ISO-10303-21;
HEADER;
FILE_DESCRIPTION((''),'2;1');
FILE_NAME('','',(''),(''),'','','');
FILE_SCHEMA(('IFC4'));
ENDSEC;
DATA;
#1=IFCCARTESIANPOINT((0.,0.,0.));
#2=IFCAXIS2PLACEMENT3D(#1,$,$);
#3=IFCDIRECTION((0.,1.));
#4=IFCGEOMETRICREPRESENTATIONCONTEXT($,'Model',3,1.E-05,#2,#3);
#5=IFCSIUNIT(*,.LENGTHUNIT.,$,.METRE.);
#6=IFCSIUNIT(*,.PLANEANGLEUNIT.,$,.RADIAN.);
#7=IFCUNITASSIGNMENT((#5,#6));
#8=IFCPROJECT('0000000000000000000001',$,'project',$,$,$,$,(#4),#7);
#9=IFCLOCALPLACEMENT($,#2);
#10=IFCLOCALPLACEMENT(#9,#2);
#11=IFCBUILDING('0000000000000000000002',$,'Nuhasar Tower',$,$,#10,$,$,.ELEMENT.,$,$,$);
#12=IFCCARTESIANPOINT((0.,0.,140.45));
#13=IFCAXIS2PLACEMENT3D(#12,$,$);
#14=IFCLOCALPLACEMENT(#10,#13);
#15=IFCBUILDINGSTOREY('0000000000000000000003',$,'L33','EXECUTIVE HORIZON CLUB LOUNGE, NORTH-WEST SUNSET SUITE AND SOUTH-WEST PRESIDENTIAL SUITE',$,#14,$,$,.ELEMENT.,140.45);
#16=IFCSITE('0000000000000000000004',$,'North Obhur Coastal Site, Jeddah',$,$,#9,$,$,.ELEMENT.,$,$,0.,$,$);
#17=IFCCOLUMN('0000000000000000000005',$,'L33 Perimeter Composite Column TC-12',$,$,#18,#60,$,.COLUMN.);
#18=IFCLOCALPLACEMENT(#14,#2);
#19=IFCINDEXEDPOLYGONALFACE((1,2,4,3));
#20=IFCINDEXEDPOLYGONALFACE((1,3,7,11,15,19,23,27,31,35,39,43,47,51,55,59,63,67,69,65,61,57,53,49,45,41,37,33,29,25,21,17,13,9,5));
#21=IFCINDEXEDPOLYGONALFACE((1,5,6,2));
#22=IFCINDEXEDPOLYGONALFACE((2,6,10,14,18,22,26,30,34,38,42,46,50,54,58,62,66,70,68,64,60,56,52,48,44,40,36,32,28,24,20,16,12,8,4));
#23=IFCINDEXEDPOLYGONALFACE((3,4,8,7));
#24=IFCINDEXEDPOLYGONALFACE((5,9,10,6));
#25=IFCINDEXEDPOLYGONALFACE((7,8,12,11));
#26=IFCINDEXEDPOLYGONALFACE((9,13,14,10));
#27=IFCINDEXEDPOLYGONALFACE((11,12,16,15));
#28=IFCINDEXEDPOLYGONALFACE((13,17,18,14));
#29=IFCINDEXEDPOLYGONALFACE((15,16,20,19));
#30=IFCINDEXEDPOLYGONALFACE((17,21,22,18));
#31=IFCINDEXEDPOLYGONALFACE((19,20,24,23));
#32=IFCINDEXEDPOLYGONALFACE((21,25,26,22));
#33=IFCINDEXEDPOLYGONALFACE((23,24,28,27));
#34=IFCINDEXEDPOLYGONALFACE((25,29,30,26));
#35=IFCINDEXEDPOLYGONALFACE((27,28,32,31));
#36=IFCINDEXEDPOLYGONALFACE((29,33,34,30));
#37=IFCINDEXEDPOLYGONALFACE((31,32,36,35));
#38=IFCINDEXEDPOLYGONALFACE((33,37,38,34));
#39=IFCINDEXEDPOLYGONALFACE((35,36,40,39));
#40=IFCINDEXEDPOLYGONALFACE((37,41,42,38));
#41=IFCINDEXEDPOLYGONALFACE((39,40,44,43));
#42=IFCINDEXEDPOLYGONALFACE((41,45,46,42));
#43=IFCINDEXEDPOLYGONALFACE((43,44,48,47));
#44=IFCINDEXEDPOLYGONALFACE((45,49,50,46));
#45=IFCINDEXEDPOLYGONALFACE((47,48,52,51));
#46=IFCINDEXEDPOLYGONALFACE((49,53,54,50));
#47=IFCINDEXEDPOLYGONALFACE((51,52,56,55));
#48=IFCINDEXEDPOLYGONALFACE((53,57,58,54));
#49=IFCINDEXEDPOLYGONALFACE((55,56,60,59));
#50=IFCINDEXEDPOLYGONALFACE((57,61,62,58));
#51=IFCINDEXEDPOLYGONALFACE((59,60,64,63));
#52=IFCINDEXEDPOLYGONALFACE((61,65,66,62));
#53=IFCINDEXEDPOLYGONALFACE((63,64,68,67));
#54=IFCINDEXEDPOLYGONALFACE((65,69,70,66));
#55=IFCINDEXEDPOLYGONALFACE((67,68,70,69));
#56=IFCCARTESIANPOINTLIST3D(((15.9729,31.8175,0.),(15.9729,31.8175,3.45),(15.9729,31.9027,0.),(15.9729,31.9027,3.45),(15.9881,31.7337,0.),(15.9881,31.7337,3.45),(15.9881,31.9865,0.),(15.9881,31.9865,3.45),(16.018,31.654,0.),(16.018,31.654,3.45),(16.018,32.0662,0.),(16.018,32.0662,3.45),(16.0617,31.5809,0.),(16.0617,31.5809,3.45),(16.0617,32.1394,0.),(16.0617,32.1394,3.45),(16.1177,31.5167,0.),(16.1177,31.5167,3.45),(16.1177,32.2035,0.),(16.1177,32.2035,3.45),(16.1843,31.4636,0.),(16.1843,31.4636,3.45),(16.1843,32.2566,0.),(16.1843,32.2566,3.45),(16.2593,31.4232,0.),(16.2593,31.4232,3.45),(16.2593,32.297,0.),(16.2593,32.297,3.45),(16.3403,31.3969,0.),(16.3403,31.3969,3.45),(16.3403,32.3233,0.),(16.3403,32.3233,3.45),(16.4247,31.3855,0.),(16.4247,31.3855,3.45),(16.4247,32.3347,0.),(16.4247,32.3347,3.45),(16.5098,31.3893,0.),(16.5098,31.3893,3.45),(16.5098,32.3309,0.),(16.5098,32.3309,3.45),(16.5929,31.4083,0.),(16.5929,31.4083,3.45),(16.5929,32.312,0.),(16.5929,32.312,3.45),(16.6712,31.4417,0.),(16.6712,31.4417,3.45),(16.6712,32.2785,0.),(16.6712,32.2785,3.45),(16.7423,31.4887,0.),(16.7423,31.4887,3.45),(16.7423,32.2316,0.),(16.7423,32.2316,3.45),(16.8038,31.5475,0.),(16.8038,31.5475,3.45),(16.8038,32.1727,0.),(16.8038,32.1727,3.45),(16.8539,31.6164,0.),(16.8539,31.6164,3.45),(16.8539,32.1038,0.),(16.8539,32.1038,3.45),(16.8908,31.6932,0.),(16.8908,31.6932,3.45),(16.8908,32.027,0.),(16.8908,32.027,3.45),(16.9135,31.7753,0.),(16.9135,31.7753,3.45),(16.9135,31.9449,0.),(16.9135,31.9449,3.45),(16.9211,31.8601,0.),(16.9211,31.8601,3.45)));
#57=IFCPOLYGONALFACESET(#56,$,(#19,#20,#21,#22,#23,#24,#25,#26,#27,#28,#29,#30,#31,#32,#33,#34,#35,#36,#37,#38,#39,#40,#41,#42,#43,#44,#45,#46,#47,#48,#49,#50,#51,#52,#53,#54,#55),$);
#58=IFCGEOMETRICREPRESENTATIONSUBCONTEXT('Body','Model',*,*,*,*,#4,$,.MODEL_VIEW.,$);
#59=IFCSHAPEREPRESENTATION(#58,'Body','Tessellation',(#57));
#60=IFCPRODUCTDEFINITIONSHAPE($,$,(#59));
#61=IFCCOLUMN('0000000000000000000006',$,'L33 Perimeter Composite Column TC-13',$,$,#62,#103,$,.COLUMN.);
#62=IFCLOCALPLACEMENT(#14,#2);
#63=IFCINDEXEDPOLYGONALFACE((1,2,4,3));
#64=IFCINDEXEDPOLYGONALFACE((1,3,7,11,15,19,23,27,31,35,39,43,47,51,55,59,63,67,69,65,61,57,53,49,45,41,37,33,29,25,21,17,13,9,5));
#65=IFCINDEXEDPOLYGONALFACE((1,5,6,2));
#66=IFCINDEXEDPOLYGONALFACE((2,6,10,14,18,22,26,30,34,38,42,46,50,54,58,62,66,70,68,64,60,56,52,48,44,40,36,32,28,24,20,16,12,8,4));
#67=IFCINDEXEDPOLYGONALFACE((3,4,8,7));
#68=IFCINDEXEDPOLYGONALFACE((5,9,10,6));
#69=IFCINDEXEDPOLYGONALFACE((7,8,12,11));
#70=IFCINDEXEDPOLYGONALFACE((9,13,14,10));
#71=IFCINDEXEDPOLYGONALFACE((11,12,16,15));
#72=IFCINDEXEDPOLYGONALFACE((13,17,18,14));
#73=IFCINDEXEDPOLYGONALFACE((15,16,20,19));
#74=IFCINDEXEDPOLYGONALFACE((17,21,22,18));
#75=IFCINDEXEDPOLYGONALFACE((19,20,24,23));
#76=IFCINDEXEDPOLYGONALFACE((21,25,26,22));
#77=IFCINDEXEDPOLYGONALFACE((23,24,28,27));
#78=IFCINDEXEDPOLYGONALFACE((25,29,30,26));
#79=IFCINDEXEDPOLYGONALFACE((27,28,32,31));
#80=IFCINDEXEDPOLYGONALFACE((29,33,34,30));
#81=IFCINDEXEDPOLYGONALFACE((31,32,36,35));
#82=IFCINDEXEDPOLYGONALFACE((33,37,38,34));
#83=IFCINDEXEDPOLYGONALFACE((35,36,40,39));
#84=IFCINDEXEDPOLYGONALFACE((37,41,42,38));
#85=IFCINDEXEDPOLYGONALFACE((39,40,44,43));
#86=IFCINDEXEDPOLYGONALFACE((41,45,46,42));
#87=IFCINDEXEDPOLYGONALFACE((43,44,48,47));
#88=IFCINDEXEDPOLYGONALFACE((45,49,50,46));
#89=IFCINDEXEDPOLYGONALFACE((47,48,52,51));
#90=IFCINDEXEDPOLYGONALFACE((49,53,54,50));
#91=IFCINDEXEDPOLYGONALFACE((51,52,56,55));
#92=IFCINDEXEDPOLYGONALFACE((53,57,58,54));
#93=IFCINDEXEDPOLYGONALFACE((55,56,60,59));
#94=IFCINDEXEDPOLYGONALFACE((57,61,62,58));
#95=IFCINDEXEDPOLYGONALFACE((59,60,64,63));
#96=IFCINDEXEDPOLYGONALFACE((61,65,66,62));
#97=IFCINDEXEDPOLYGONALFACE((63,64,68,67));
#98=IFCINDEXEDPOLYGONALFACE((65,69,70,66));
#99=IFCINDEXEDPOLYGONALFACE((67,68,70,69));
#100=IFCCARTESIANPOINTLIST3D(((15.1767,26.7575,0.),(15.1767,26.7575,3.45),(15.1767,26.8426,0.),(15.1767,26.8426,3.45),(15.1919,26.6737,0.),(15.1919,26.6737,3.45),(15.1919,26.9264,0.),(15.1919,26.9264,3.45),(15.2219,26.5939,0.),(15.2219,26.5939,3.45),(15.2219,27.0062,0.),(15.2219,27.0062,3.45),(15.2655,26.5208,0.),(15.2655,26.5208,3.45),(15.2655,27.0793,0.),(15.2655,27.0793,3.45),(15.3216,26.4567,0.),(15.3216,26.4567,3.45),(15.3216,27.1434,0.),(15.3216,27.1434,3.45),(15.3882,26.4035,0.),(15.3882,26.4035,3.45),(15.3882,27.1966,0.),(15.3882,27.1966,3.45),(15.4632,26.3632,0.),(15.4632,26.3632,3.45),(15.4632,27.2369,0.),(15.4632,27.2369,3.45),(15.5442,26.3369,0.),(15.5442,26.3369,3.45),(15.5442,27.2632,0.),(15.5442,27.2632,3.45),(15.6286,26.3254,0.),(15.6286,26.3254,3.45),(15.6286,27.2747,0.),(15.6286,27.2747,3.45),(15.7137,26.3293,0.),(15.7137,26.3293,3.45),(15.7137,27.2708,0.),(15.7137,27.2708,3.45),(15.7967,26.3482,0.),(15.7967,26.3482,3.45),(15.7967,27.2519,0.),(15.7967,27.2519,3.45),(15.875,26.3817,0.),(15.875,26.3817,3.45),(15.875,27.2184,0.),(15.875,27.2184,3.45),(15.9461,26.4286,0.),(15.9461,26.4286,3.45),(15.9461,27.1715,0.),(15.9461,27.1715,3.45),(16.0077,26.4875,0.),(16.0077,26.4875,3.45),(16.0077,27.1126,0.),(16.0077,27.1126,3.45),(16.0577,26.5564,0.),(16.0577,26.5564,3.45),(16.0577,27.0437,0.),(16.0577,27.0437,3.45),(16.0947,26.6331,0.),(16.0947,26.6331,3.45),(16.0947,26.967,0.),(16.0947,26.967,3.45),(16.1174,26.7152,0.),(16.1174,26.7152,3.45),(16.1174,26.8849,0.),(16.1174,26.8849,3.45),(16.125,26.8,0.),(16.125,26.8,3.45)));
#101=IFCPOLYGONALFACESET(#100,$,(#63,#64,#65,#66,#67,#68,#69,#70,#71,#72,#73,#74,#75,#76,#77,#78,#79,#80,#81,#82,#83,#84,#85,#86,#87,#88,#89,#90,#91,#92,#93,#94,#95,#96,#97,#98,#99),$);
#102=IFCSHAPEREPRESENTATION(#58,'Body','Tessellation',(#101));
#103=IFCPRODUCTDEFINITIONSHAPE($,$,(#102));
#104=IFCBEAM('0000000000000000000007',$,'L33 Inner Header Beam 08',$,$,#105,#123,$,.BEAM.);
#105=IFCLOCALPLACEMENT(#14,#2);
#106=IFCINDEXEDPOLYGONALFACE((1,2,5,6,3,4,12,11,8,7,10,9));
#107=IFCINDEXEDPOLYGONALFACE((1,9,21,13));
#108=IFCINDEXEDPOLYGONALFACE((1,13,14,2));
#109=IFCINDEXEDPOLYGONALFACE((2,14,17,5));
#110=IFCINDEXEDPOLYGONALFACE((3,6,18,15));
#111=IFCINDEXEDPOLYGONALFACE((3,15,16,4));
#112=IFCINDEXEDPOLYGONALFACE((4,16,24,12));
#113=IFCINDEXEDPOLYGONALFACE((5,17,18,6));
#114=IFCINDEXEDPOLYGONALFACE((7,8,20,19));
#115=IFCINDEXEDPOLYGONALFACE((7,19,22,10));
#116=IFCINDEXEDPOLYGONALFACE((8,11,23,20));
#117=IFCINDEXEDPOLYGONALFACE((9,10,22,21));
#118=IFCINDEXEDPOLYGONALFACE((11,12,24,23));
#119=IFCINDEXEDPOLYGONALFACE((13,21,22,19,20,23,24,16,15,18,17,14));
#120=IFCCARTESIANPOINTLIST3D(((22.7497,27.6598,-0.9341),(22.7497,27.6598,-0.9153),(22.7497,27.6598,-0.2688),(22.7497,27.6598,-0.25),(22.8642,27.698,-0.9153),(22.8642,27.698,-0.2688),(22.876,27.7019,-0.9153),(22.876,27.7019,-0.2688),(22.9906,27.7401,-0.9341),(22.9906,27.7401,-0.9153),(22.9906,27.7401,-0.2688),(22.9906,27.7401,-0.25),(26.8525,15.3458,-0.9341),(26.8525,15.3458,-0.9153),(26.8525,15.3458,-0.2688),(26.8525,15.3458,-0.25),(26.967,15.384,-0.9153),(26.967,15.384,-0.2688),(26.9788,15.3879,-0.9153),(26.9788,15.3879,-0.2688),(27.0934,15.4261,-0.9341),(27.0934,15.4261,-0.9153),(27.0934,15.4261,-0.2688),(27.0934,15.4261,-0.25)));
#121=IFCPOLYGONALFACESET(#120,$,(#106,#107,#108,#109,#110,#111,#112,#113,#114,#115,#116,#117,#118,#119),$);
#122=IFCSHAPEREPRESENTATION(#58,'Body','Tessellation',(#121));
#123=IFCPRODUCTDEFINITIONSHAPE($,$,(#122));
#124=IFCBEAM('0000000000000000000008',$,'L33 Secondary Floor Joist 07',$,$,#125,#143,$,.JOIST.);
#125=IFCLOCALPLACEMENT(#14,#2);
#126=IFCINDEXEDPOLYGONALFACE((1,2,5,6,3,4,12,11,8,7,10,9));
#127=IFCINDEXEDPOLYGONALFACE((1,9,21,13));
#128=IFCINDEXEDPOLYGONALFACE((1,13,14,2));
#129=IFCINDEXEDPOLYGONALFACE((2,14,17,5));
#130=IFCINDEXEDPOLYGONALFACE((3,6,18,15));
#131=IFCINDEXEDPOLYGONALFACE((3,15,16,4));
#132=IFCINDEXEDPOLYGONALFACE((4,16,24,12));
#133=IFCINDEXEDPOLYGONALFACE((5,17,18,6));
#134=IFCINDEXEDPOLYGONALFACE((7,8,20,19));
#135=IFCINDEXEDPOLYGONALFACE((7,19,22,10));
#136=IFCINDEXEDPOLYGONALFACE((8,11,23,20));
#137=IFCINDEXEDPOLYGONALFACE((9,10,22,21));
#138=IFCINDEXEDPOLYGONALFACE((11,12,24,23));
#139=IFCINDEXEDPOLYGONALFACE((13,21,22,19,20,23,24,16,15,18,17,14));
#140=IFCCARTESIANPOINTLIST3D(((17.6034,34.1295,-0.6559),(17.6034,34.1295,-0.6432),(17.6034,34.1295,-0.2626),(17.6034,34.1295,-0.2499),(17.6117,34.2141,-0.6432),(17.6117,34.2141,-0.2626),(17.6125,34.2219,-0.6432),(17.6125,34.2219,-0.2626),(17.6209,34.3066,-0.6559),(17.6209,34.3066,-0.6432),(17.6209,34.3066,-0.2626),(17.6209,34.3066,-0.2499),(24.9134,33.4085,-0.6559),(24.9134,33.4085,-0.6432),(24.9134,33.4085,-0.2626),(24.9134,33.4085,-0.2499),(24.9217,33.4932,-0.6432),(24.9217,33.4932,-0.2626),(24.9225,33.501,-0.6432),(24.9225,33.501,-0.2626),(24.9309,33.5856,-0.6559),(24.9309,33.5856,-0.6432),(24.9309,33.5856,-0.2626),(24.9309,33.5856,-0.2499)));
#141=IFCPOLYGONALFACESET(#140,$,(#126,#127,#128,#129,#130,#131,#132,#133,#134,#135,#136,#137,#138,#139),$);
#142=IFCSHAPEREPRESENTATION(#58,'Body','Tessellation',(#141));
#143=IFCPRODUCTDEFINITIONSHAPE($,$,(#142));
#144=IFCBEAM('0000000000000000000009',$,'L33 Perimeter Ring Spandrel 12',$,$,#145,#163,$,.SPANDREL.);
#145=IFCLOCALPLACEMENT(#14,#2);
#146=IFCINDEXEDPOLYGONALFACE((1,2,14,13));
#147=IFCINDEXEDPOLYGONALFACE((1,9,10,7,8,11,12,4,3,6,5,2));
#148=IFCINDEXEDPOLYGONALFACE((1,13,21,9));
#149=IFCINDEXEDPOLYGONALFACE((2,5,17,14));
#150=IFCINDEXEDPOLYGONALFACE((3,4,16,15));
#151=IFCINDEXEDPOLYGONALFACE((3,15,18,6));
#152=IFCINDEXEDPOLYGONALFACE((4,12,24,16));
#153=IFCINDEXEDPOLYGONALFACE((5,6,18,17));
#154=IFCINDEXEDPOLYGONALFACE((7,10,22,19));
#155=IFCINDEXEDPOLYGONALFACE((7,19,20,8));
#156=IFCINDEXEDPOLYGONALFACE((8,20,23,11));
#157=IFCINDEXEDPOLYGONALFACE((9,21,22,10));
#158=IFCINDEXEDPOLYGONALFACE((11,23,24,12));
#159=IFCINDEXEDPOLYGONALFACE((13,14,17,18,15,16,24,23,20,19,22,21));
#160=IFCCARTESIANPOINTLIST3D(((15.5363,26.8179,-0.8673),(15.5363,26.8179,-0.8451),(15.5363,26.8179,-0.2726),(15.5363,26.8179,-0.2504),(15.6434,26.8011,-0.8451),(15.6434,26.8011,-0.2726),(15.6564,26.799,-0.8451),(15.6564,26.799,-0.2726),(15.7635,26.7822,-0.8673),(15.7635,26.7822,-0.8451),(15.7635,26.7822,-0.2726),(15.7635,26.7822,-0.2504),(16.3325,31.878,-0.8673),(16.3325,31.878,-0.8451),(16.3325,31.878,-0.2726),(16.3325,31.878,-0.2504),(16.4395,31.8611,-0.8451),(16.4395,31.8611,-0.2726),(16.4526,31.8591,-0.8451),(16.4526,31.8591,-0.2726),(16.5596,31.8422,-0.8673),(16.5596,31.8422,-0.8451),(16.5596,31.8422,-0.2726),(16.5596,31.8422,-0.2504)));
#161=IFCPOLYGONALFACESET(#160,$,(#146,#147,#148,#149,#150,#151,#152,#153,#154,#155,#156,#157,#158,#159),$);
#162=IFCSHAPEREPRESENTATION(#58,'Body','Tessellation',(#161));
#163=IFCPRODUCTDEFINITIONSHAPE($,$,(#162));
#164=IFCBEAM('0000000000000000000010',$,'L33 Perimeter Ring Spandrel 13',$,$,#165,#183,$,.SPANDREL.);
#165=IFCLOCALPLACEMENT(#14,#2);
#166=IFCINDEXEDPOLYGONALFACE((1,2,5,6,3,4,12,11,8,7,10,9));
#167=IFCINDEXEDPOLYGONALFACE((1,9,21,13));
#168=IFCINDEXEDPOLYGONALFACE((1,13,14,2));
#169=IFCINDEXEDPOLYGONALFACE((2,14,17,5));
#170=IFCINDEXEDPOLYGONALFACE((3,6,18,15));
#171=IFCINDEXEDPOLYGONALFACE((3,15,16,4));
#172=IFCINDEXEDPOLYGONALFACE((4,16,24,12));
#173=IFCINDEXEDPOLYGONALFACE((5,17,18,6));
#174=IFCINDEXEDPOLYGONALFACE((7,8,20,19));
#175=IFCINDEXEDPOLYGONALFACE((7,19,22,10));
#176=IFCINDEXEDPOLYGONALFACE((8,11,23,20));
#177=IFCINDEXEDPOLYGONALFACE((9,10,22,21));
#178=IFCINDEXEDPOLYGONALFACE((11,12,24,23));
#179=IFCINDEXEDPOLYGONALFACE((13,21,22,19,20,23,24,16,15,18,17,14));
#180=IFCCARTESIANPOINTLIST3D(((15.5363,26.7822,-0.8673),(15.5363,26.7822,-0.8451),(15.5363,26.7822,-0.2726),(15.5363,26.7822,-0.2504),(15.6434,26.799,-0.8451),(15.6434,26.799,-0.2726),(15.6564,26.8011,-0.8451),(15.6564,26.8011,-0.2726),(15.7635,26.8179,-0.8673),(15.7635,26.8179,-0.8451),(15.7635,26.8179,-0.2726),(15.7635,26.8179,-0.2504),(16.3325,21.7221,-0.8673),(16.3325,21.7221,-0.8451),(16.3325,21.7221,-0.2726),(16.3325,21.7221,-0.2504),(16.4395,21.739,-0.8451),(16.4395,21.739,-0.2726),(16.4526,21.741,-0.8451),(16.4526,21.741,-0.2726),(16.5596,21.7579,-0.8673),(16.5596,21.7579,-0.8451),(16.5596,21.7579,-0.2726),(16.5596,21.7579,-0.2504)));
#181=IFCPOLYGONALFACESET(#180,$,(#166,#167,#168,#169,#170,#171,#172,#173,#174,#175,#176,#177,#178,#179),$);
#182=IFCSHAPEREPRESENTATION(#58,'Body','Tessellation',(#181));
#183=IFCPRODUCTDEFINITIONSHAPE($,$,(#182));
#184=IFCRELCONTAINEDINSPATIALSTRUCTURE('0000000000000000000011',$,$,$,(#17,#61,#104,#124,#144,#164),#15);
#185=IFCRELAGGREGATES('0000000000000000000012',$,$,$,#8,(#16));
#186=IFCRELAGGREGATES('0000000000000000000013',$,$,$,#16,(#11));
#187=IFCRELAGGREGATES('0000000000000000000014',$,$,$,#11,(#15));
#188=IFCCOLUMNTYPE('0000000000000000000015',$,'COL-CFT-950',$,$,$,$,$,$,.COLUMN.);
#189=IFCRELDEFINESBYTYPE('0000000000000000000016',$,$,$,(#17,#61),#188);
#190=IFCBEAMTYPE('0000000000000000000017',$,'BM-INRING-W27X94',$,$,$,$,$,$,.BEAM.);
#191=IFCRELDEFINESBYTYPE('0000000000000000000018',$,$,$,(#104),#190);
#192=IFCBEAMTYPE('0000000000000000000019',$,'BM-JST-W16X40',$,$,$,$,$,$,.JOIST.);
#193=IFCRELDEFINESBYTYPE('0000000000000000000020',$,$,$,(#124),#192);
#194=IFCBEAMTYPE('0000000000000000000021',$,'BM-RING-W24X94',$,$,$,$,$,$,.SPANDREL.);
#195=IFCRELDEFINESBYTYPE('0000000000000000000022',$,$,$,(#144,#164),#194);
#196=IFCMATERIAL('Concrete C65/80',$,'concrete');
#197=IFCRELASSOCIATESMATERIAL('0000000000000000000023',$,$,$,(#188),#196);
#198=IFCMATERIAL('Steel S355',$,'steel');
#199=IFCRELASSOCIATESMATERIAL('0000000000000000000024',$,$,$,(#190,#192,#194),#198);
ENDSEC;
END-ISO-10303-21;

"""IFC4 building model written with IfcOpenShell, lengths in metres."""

from ifc_helpers import new_model, si_unit, direction, frame, origin, origin_2d, place, context, subcontext, project, spatial, circle, i_section, extrude, material, material_profile, profile_set, type_object, element, save


model = new_model("IFC4")

# Units and contexts
model_context = context("Model", 3, precision=1e-05, world=origin(), true_north=direction((0.0, 1.0)))
body_context = subcontext(model_context, "Body", "Model", "MODEL_VIEW")
ifc_project = project(units=[si_unit("LENGTHUNIT", "METRE"), si_unit("PLANEANGLEUNIT", "RADIAN")], contexts=[model_context])

# Site, building, storey
site_placement = place(None, origin())
site = spatial("IfcSite", under=ifc_project, at=site_placement, Name="North Obhur Coastal Site, Jeddah", CompositionType="ELEMENT", RefElevation=0.0)
building_placement = place(site_placement, origin())
building = spatial("IfcBuilding", under=site, at=building_placement, Name="Nuhasar Tower", CompositionType="ELEMENT")
storey_placement = place(building_placement, frame((0.0, 0.0, 140.45)))
storey = spatial("IfcBuildingStorey", under=building, at=storey_placement, Name="L33", Description="EXECUTIVE HORIZON CLUB LOUNGE, NORTH-WEST SUNSET SUITE AND SOUTH-WEST PRESIDENTIAL SUITE", CompositionType="ELEMENT", Elevation=140.45)

# Columns
ifc_material_1 = material(Name="Concrete C65/80", Category="concrete")
ifc_material_profile_1 = material_profile(ifc_material_1, circle(Radius=0.4751, at=origin_2d()), Name="CFT950")
ifc_profile_set_1 = profile_set([ifc_material_profile_1], Name="Concrete C65/80")
column_type = type_object("IfcColumnType", Name="COL-CFT-950", PredefinedType="COLUMN", material=ifc_profile_set_1)
for number, where, z_axis, x_axis, name in (
    (1, (16.446, 31.8601, 0.0), (0.0, 0.0, 1.0), (1.0, 0.0, 0.0), "L33 Perimeter Composite Column TC-12"),
    (2, (15.6499, 26.8, 0.0), (0.0, 0.0, 1.0), (1.0, 0.0, 0.0), "L33 Perimeter Composite Column TC-13"),
):
    element("IfcColumn", number, at=place(storey_placement, frame(where, z_axis=z_axis, x_axis=x_axis)), inside=storey, type_object=column_type, Name=name, PredefinedType="COLUMN", context=body_context, shape_type="SweptSolid", body=[
        extrude(circle(Radius=0.4751, at=origin_2d()), origin(), (0.0, 0.0, 1.0), 3.45),
    ])

# Beams
ifc_material_2 = material(Name="Steel S355", Category="steel")
ifc_material_profile_2 = material_profile(ifc_material_2, i_section(OverallWidth=0.2539, OverallDepth=0.6841, WebThickness=0.0125, FlangeThickness=0.0188, at=origin_2d()), Name="W27X94")
ifc_profile_set_2 = profile_set([ifc_material_profile_2], Name="Steel S355")
beam_type_1 = type_object("IfcBeamType", Name="BM-INRING-W27X94", PredefinedType="BEAM", material=ifc_profile_set_2)
beam_1_placement = place(storey_placement, frame((22.8701, 27.7, -0.592), z_axis=(0.316098, -0.948727, 0.0), x_axis=(0.948727, 0.316098, 0.0)))
element("IfcBeam", 3, at=beam_1_placement, inside=storey, type_object=beam_type_1, Name="L33 Inner Header Beam 08", PredefinedType="BEAM", context=body_context, shape_type="SweptSolid", body=[
    extrude(i_section(OverallWidth=0.2539, OverallDepth=0.6841, WebThickness=0.0125, FlangeThickness=0.0188, at=origin_2d()), origin(), (0.0, 0.0, 1.0), 12.9795),
])
ifc_material_profile_3 = material_profile(ifc_material_2, i_section(OverallWidth=0.178, OverallDepth=0.406, WebThickness=0.0078, FlangeThickness=0.0127, at=origin_2d()), Name="W16X40")
ifc_profile_set_3 = profile_set([ifc_material_profile_3], Name="Steel S355")
beam_type_2 = type_object("IfcBeamType", Name="BM-JST-W16X40", PredefinedType="JOIST", material=ifc_profile_set_3)
beam_2_placement = place(storey_placement, frame((24.9221, 33.4971, -0.4529), z_axis=(-0.995172, 0.098148, 0.0), x_axis=(-0.098148, -0.995172, 0.0)))
element("IfcBeam", 4, at=beam_2_placement, inside=storey, type_object=beam_type_2, Name="L33 Secondary Floor Joist 07", PredefinedType="JOIST", context=body_context, shape_type="SweptSolid", body=[
    extrude(i_section(OverallWidth=0.178, OverallDepth=0.406, WebThickness=0.0078, FlangeThickness=0.0127, at=origin_2d()), origin(), (0.0, 0.0, 1.0), 7.3455),
])
ifc_material_profile_4 = material_profile(ifc_material_2, i_section(OverallWidth=0.23, OverallDepth=0.6169, WebThickness=0.0132, FlangeThickness=0.0222, at=origin_2d()), Name="W24X94")
ifc_profile_set_4 = profile_set([ifc_material_profile_4], Name="Steel S355")
beam_type_3 = type_object("IfcBeamType", Name="BM-RING-W24X94", PredefinedType="SPANDREL", material=ifc_profile_set_4)
for number, where, z_axis, x_axis, name in (
    (5, (16.446, 31.8601, -0.5588), (-0.155427, -0.987847, 0.0), (0.987847, -0.155427, 0.0), "L33 Perimeter Ring Spandrel 12"),
    (6, (15.6499, 26.8, -0.5588), (0.155427, -0.987847, 0.0), (0.987847, 0.155427, 0.0), "L33 Perimeter Ring Spandrel 13"),
):
    element("IfcBeam", number, at=place(storey_placement, frame(where, z_axis=z_axis, x_axis=x_axis)), inside=storey, type_object=beam_type_3, Name=name, PredefinedType="SPANDREL", context=body_context, shape_type="SweptSolid", body=[
        extrude(i_section(OverallWidth=0.23, OverallDepth=0.6169, WebThickness=0.0132, FlangeThickness=0.0222, at=origin_2d()), origin(), (0.0, 0.0, 1.0), 5.1223),
    ])

save(model, "model.ifc")
